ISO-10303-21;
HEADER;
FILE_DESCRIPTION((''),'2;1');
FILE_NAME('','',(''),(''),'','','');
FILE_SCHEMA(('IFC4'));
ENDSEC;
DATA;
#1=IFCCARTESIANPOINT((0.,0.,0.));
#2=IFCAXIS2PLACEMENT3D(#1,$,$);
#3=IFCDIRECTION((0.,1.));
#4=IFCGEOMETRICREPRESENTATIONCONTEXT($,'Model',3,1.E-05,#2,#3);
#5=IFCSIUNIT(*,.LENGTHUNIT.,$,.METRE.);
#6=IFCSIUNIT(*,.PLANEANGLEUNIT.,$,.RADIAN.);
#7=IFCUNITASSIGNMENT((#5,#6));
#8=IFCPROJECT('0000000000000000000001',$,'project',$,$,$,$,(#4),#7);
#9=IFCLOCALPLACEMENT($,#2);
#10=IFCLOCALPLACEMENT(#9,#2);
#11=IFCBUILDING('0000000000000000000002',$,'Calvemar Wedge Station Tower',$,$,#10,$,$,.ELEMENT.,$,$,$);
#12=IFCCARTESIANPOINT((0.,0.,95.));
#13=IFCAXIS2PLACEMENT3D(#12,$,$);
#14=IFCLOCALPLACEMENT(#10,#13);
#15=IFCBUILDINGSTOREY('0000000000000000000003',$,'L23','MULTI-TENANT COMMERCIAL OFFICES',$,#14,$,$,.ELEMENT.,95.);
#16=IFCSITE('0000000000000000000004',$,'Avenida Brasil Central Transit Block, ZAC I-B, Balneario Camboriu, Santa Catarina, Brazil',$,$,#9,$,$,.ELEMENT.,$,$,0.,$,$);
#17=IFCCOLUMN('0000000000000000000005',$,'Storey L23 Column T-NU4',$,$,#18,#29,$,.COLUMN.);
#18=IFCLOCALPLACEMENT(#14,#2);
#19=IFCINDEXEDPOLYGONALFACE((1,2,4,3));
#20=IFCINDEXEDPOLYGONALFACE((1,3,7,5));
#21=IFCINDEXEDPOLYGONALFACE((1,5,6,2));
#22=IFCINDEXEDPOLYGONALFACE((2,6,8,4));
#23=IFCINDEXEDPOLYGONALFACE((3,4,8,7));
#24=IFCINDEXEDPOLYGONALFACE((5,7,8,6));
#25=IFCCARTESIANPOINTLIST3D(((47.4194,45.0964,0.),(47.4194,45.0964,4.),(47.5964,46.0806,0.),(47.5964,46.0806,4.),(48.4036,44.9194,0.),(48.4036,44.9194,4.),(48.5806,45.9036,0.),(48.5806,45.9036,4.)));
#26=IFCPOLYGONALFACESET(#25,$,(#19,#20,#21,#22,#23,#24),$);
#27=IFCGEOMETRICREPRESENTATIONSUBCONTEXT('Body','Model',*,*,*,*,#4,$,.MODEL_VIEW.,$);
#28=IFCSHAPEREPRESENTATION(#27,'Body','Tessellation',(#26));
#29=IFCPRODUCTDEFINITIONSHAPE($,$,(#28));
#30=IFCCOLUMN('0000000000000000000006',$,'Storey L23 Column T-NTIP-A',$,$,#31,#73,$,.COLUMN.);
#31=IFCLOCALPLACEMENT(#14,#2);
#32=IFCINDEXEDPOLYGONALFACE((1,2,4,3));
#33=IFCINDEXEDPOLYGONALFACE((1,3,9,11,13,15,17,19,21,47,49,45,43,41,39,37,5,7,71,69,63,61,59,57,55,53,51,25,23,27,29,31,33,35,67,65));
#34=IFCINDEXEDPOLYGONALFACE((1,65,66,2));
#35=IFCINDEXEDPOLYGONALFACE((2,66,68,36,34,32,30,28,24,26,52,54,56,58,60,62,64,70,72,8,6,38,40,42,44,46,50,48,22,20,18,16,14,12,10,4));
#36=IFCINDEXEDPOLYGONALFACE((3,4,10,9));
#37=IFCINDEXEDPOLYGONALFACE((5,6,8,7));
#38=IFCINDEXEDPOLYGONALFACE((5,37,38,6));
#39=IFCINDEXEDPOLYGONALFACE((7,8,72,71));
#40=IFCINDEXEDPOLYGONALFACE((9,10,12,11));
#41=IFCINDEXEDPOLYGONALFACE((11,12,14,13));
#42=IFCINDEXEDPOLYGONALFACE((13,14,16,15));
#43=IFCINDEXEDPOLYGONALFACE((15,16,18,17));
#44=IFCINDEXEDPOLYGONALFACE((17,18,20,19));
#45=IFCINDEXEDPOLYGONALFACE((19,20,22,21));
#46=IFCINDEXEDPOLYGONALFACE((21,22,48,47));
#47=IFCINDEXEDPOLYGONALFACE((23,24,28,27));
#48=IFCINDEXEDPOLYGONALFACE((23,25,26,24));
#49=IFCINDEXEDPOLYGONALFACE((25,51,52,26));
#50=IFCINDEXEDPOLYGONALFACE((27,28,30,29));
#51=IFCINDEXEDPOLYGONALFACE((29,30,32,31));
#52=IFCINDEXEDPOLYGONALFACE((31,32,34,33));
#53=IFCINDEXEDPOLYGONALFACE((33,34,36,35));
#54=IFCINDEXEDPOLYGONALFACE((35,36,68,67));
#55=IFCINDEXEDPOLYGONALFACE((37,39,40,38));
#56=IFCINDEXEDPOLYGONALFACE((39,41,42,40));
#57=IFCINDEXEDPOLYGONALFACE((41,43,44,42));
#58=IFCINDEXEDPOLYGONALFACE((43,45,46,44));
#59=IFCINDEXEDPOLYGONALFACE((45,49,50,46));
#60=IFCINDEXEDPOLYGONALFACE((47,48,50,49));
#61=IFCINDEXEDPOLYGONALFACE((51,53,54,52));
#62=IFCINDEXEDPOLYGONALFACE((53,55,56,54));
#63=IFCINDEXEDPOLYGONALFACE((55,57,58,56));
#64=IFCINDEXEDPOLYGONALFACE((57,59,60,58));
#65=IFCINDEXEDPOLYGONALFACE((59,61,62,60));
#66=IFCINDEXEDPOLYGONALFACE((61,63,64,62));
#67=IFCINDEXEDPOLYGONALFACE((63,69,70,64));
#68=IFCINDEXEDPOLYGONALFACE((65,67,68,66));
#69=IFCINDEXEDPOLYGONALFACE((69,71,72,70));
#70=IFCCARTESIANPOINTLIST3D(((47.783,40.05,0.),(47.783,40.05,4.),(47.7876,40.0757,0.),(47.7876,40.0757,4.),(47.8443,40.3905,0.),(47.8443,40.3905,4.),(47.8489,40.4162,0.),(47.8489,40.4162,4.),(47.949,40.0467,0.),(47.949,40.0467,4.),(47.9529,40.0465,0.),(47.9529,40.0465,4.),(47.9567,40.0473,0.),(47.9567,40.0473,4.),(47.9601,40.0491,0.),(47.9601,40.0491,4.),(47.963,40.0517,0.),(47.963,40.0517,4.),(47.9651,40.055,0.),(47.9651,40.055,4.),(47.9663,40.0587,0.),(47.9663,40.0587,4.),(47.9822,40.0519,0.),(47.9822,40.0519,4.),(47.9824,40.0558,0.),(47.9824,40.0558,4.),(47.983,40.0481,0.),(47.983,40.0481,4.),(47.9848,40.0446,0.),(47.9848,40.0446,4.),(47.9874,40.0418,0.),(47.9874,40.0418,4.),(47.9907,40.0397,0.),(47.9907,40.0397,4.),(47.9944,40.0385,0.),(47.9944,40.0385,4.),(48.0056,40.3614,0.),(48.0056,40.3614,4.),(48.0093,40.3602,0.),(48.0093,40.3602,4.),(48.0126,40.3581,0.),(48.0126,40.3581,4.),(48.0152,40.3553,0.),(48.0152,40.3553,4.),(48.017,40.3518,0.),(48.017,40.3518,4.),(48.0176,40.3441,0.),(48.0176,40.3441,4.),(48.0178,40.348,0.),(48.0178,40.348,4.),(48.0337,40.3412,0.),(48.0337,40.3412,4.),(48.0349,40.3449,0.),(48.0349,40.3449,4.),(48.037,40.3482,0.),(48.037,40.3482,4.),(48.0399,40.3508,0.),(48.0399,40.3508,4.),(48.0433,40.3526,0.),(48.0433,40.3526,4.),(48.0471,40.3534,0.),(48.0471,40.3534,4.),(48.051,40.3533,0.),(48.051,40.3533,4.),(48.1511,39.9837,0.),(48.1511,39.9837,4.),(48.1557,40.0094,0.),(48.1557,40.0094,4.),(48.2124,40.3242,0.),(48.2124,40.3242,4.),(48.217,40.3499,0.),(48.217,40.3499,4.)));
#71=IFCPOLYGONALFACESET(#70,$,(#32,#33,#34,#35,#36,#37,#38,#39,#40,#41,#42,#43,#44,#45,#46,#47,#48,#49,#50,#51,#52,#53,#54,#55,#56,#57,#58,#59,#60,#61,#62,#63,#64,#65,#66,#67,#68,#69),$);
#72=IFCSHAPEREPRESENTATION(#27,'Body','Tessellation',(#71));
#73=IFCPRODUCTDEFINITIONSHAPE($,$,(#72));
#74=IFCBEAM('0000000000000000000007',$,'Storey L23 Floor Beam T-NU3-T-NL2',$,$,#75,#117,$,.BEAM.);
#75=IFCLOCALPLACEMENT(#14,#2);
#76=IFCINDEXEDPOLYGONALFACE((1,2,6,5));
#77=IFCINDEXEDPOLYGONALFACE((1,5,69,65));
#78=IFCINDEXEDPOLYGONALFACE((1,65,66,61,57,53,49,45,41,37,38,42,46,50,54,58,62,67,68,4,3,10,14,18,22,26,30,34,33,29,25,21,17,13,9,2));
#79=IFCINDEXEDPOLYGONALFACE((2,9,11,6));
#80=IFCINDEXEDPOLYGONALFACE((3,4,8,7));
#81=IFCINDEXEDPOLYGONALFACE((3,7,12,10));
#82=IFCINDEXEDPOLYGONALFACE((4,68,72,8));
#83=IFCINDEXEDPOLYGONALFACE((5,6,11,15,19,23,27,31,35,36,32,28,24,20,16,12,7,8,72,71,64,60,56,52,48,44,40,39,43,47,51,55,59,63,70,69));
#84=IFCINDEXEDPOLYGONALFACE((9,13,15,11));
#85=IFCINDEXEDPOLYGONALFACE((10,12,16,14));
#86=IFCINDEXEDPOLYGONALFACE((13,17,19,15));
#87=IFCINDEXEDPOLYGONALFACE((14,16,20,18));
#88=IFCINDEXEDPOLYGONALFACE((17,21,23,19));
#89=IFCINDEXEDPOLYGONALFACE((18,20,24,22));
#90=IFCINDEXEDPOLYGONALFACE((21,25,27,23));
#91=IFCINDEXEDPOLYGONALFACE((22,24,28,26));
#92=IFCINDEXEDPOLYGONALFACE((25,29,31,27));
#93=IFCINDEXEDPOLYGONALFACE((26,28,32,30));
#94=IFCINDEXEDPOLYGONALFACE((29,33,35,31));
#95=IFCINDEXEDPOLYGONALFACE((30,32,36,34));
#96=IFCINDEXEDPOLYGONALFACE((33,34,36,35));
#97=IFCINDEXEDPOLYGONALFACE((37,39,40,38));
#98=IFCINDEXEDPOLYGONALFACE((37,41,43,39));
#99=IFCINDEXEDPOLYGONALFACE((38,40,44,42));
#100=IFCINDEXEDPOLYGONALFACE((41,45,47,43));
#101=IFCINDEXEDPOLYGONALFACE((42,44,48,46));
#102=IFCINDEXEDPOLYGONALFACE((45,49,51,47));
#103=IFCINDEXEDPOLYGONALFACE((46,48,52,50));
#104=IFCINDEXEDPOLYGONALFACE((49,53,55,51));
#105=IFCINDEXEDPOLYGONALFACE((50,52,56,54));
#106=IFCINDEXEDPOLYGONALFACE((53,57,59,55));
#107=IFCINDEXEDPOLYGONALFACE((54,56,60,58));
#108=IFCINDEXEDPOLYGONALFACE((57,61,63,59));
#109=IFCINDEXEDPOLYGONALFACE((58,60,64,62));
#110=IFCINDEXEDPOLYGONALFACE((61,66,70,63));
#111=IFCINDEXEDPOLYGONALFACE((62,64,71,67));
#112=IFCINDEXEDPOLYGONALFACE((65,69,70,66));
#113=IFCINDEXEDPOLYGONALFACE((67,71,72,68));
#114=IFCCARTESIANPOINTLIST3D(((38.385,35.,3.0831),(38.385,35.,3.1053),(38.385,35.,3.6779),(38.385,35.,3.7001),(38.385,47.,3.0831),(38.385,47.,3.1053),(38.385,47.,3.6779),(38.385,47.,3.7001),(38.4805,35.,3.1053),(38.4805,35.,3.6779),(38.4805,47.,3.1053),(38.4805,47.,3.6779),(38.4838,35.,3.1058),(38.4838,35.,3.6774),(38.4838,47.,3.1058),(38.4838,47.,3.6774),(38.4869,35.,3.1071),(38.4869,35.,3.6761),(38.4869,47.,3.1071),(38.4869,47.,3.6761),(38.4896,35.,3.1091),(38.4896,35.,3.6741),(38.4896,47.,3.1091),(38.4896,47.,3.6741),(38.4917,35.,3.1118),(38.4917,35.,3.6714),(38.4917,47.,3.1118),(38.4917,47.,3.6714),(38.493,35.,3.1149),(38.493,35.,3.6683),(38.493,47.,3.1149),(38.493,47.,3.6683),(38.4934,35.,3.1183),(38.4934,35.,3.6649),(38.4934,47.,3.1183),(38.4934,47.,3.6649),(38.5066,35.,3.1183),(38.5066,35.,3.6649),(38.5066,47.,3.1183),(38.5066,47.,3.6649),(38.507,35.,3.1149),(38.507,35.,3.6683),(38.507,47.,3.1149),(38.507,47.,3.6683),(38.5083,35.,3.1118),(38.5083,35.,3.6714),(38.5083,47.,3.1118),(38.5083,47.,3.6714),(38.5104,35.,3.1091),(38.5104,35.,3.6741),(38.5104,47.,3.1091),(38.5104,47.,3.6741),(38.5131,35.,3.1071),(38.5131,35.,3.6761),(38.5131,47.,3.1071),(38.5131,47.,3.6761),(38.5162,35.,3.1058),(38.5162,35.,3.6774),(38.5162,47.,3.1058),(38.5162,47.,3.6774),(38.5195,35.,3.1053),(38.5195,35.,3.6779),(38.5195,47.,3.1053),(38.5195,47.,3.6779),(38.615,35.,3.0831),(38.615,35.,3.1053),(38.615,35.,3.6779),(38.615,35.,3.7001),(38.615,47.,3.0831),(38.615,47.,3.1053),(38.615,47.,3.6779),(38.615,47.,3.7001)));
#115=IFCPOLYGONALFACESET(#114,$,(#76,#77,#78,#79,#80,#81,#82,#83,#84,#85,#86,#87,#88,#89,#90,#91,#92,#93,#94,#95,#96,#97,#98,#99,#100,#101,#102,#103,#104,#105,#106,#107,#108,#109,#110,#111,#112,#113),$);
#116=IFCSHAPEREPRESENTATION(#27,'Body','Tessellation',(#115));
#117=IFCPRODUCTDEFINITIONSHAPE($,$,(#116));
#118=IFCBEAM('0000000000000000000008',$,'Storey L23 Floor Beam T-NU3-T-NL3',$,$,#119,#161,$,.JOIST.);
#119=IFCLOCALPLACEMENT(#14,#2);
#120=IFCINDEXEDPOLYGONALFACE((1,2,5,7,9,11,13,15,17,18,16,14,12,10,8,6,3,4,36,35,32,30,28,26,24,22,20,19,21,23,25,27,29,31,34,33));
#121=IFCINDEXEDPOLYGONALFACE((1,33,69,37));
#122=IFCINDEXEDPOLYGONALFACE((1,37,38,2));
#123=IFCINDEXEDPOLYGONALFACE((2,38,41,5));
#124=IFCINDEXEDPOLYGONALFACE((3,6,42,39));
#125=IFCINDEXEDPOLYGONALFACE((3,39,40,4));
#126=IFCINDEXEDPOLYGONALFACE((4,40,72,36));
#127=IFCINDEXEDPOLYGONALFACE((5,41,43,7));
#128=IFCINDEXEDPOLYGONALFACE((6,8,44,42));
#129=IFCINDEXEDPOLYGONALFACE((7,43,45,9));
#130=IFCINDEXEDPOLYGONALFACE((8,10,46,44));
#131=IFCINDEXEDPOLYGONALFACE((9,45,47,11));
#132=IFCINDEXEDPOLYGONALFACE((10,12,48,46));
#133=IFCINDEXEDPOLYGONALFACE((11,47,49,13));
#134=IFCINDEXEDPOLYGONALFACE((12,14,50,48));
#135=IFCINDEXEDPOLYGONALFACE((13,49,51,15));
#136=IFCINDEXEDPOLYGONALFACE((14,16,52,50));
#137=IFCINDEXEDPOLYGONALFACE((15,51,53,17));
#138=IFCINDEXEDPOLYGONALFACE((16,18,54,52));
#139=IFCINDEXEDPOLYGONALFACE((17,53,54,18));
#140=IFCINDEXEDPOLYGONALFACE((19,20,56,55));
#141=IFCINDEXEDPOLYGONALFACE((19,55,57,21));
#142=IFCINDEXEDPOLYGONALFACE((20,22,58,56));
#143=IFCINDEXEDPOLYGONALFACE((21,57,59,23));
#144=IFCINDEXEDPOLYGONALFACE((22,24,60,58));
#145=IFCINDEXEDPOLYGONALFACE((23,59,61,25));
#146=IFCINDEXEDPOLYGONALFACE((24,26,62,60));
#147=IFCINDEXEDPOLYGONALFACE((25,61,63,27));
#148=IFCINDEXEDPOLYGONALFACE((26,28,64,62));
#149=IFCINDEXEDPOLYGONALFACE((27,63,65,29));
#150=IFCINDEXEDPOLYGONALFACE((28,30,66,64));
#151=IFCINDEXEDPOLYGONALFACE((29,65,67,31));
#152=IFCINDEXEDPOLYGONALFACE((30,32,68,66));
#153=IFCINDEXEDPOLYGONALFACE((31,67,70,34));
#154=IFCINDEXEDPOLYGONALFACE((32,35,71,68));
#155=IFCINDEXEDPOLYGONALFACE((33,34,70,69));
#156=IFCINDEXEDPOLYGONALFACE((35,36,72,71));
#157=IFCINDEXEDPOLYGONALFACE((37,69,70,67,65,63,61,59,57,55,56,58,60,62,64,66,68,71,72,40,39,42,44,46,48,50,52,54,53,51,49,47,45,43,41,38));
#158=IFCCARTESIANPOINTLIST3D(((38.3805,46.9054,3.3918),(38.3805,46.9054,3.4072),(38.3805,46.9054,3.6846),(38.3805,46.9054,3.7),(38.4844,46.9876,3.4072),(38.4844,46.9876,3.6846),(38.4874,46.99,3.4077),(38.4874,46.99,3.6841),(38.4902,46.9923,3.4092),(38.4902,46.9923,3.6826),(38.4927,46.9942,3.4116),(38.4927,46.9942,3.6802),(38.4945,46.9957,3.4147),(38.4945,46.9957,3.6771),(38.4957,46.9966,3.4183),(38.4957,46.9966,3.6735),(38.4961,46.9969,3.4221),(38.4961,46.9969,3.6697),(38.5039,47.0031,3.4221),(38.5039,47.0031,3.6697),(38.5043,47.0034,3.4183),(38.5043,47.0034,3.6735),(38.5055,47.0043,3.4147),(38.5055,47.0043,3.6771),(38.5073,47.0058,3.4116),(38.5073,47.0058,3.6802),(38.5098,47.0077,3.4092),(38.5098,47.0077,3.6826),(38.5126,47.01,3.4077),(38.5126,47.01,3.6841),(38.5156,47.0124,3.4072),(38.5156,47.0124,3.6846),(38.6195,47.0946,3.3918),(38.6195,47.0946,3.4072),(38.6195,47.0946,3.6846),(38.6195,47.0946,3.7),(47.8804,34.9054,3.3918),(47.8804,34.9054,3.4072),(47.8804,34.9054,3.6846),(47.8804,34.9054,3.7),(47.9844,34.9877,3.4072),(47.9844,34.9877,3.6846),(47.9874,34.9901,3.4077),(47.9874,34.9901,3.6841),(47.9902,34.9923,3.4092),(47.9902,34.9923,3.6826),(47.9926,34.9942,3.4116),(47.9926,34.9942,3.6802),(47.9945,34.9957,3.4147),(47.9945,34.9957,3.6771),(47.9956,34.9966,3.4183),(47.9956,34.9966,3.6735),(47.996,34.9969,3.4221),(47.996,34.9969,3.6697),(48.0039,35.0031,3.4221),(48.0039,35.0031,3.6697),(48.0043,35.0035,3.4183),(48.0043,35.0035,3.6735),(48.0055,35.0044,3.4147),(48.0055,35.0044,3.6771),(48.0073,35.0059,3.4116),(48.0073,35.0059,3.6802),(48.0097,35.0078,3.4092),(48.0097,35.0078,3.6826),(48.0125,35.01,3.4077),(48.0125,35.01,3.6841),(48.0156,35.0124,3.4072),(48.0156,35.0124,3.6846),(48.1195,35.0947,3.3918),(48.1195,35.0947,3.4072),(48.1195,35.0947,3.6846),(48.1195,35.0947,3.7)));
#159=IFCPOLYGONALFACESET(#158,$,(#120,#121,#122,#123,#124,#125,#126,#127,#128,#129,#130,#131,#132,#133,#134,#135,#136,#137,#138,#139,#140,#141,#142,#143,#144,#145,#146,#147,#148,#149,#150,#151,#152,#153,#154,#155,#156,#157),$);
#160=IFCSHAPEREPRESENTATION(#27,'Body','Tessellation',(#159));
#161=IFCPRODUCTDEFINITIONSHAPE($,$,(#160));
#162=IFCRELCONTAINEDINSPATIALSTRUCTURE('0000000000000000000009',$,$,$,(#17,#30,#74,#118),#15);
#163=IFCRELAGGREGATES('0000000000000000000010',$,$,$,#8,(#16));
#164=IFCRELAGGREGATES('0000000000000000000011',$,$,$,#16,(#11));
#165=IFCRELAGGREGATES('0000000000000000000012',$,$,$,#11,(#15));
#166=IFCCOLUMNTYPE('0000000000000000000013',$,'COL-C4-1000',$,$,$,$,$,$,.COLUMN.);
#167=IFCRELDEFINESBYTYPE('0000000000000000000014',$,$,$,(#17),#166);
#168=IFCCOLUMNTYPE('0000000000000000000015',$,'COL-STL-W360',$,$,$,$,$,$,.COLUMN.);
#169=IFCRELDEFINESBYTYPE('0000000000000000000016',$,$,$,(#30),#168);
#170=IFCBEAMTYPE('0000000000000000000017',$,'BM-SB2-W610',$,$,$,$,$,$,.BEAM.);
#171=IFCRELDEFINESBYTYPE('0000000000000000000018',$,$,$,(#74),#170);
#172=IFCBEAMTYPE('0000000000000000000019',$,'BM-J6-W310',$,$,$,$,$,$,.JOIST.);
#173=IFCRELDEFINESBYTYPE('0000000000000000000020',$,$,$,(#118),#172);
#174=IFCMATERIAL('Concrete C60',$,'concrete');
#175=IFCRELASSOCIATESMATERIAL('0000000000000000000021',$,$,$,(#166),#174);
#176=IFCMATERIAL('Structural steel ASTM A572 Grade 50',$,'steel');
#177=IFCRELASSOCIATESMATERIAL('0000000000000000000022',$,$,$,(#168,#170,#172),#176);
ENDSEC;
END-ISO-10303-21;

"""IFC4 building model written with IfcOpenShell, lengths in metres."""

from ifc_helpers import new_model, si_unit, direction, frame, origin, origin_2d, place, context, subcontext, project, spatial, rectangle, i_section, extrude, source, transform, mapped, material, material_profile, profile_set, type_object, element, save


model = new_model("IFC4")

# Units and contexts
model_context = context("Model", 3, precision=1e-05, world=origin(), true_north=direction((0.0, 1.0)))
body_context = subcontext(model_context, "Body", "Model", "MODEL_VIEW")
ifc_project = project(units=[si_unit("LENGTHUNIT", "METRE"), si_unit("PLANEANGLEUNIT", "RADIAN")], contexts=[model_context])

# Site, building, storey
site_placement = place(None, origin())
site = spatial("IfcSite", under=ifc_project, at=site_placement, Name="Avenida Brasil Central Transit Block, ZAC I-B, Balneario Camboriu, Santa Catarina, Brazil", CompositionType="ELEMENT", RefElevation=0.0)
building_placement = place(site_placement, origin())
building = spatial("IfcBuilding", under=site, at=building_placement, Name="Calvemar Wedge Station Tower", CompositionType="ELEMENT")
storey_placement = place(building_placement, frame((0.0, 0.0, 95.0)))
storey = spatial("IfcBuildingStorey", under=building, at=storey_placement, Name="L23", Description="MULTI-TENANT COMMERCIAL OFFICES", CompositionType="ELEMENT", Elevation=95.0)

# Columns
ifc_material_1 = material(Name="Concrete C60", Category="concrete")
ifc_material_profile_1 = material_profile(ifc_material_1, rectangle(XDim=1.0, YDim=1.0, at=origin_2d()), Name="RC1000x1000")
ifc_profile_set_1 = profile_set([ifc_material_profile_1], Name="Concrete C60")
column_type_1 = type_object("IfcColumnType", Name="COL-C4-1000", PredefinedType="COLUMN", material=ifc_profile_set_1)
shared_shape_1 = source(origin(), body_context, "Body", "SweptSolid", [
    extrude(rectangle(XDim=1.0, YDim=1.0, at=origin_2d()), origin(), (0.0, 0.0, 1.0), 4.0),
])
column_1_placement = place(storey_placement, frame((48.0, 45.5, 0.0), z_axis=(0.0, 0.0, 1.0), x_axis=(0.984196, -0.177085, 0.0)))
element("IfcColumn", 1, at=column_1_placement, inside=storey, type_object=column_type_1, Name="Storey L23 Column T-NU4", PredefinedType="COLUMN", context=body_context, shape_type="MappedRepresentation", body=[
    mapped(shared_shape_1, transform((0.0, 0.0, 0.0), scale=1.0)),
])
ifc_material_2 = material(Name="Structural steel ASTM A572 Grade 50", Category="steel")
ifc_material_profile_2 = material_profile(ifc_material_2, i_section(OverallWidth=0.374, OverallDepth=0.3721, WebThickness=0.0164, FlangeThickness=0.0261, FilletRadius=0.0149, at=origin_2d()), Name="W360x196")
ifc_profile_set_2 = profile_set([ifc_material_profile_2], Name="Structural steel ASTM A572 Grade 50")
column_type_2 = type_object("IfcColumnType", Name="COL-STL-W360", PredefinedType="COLUMN", material=ifc_profile_set_2)
shared_shape_2 = source(origin(), body_context, "Body", "SweptSolid", [
    extrude(i_section(OverallWidth=0.374, OverallDepth=0.3721, WebThickness=0.0164, FlangeThickness=0.0261, FilletRadius=0.0149, at=origin_2d()), origin(), (0.0, 0.0, 1.0), 4.0),
])
column_2_placement = place(storey_placement, frame((48.0, 40.2, 0.0), z_axis=(0.0, 0.0, 1.0), x_axis=(0.984196, -0.177085, 0.0)))
element("IfcColumn", 2, at=column_2_placement, inside=storey, type_object=column_type_2, Name="Storey L23 Column T-NTIP-A", PredefinedType="COLUMN", context=body_context, shape_type="MappedRepresentation", body=[
    mapped(shared_shape_2, transform((0.0, 0.0, 0.0), scale=1.0)),
])

# Beams
ifc_material_profile_3 = material_profile(ifc_material_2, i_section(OverallWidth=0.23, OverallDepth=0.6169, WebThickness=0.0132, FlangeThickness=0.0222, FilletRadius=0.0129, at=origin_2d()), Name="W610x140")
ifc_profile_set_3 = profile_set([ifc_material_profile_3], Name="Structural steel ASTM A572 Grade 50")
beam_type_1 = type_object("IfcBeamType", Name="BM-SB2-W610", PredefinedType="BEAM", material=ifc_profile_set_3)
shared_shape_3 = source(origin(), body_context, "Body", "SweptSolid", [
    extrude(i_section(OverallWidth=0.23, OverallDepth=0.6169, WebThickness=0.0132, FlangeThickness=0.0222, FilletRadius=0.0129, at=origin_2d()), origin(), (0.0, 0.0, 1.0), 12.0),
])
beam_1_placement = place(storey_placement, frame((38.5, 47.0, 3.3916), z_axis=(0.0, -1.0, 0.0), x_axis=(1.0, 0.0, 0.0)))
element("IfcBeam", 3, at=beam_1_placement, inside=storey, type_object=beam_type_1, Name="Storey L23 Floor Beam T-NU3-T-NL2", PredefinedType="BEAM", context=body_context, shape_type="MappedRepresentation", body=[
    mapped(shared_shape_3, transform((0.0, 0.0, 0.0), scale=1.0)),
])
ifc_material_profile_4 = material_profile(ifc_material_2, i_section(OverallWidth=0.3049, OverallDepth=0.3081, WebThickness=0.01, FlangeThickness=0.0154, FilletRadius=0.0149, at=origin_2d()), Name="W310x97")
ifc_profile_set_4 = profile_set([ifc_material_profile_4], Name="Structural steel ASTM A572 Grade 50")
beam_type_2 = type_object("IfcBeamType", Name="BM-J6-W310", PredefinedType="JOIST", material=ifc_profile_set_4)
shared_shape_4 = source(origin(), body_context, "Body", "SweptSolid", [
    extrude(i_section(OverallWidth=0.3049, OverallDepth=0.3081, WebThickness=0.01, FlangeThickness=0.0154, FilletRadius=0.0149, at=origin_2d()), origin(), (0.0, 0.0, 1.0), 15.3052),
])
beam_2_placement = place(storey_placement, frame((38.5, 47.0, 3.5459), z_axis=(0.620703, -0.784046, 0.0), x_axis=(0.784046, 0.620703, 0.0)))
element("IfcBeam", 4, at=beam_2_placement, inside=storey, type_object=beam_type_2, Name="Storey L23 Floor Beam T-NU3-T-NL3", PredefinedType="JOIST", context=body_context, shape_type="MappedRepresentation", body=[
    mapped(shared_shape_4, transform((0.0, 0.0, 0.0), scale=1.0)),
])

save(model, "model.ifc")
